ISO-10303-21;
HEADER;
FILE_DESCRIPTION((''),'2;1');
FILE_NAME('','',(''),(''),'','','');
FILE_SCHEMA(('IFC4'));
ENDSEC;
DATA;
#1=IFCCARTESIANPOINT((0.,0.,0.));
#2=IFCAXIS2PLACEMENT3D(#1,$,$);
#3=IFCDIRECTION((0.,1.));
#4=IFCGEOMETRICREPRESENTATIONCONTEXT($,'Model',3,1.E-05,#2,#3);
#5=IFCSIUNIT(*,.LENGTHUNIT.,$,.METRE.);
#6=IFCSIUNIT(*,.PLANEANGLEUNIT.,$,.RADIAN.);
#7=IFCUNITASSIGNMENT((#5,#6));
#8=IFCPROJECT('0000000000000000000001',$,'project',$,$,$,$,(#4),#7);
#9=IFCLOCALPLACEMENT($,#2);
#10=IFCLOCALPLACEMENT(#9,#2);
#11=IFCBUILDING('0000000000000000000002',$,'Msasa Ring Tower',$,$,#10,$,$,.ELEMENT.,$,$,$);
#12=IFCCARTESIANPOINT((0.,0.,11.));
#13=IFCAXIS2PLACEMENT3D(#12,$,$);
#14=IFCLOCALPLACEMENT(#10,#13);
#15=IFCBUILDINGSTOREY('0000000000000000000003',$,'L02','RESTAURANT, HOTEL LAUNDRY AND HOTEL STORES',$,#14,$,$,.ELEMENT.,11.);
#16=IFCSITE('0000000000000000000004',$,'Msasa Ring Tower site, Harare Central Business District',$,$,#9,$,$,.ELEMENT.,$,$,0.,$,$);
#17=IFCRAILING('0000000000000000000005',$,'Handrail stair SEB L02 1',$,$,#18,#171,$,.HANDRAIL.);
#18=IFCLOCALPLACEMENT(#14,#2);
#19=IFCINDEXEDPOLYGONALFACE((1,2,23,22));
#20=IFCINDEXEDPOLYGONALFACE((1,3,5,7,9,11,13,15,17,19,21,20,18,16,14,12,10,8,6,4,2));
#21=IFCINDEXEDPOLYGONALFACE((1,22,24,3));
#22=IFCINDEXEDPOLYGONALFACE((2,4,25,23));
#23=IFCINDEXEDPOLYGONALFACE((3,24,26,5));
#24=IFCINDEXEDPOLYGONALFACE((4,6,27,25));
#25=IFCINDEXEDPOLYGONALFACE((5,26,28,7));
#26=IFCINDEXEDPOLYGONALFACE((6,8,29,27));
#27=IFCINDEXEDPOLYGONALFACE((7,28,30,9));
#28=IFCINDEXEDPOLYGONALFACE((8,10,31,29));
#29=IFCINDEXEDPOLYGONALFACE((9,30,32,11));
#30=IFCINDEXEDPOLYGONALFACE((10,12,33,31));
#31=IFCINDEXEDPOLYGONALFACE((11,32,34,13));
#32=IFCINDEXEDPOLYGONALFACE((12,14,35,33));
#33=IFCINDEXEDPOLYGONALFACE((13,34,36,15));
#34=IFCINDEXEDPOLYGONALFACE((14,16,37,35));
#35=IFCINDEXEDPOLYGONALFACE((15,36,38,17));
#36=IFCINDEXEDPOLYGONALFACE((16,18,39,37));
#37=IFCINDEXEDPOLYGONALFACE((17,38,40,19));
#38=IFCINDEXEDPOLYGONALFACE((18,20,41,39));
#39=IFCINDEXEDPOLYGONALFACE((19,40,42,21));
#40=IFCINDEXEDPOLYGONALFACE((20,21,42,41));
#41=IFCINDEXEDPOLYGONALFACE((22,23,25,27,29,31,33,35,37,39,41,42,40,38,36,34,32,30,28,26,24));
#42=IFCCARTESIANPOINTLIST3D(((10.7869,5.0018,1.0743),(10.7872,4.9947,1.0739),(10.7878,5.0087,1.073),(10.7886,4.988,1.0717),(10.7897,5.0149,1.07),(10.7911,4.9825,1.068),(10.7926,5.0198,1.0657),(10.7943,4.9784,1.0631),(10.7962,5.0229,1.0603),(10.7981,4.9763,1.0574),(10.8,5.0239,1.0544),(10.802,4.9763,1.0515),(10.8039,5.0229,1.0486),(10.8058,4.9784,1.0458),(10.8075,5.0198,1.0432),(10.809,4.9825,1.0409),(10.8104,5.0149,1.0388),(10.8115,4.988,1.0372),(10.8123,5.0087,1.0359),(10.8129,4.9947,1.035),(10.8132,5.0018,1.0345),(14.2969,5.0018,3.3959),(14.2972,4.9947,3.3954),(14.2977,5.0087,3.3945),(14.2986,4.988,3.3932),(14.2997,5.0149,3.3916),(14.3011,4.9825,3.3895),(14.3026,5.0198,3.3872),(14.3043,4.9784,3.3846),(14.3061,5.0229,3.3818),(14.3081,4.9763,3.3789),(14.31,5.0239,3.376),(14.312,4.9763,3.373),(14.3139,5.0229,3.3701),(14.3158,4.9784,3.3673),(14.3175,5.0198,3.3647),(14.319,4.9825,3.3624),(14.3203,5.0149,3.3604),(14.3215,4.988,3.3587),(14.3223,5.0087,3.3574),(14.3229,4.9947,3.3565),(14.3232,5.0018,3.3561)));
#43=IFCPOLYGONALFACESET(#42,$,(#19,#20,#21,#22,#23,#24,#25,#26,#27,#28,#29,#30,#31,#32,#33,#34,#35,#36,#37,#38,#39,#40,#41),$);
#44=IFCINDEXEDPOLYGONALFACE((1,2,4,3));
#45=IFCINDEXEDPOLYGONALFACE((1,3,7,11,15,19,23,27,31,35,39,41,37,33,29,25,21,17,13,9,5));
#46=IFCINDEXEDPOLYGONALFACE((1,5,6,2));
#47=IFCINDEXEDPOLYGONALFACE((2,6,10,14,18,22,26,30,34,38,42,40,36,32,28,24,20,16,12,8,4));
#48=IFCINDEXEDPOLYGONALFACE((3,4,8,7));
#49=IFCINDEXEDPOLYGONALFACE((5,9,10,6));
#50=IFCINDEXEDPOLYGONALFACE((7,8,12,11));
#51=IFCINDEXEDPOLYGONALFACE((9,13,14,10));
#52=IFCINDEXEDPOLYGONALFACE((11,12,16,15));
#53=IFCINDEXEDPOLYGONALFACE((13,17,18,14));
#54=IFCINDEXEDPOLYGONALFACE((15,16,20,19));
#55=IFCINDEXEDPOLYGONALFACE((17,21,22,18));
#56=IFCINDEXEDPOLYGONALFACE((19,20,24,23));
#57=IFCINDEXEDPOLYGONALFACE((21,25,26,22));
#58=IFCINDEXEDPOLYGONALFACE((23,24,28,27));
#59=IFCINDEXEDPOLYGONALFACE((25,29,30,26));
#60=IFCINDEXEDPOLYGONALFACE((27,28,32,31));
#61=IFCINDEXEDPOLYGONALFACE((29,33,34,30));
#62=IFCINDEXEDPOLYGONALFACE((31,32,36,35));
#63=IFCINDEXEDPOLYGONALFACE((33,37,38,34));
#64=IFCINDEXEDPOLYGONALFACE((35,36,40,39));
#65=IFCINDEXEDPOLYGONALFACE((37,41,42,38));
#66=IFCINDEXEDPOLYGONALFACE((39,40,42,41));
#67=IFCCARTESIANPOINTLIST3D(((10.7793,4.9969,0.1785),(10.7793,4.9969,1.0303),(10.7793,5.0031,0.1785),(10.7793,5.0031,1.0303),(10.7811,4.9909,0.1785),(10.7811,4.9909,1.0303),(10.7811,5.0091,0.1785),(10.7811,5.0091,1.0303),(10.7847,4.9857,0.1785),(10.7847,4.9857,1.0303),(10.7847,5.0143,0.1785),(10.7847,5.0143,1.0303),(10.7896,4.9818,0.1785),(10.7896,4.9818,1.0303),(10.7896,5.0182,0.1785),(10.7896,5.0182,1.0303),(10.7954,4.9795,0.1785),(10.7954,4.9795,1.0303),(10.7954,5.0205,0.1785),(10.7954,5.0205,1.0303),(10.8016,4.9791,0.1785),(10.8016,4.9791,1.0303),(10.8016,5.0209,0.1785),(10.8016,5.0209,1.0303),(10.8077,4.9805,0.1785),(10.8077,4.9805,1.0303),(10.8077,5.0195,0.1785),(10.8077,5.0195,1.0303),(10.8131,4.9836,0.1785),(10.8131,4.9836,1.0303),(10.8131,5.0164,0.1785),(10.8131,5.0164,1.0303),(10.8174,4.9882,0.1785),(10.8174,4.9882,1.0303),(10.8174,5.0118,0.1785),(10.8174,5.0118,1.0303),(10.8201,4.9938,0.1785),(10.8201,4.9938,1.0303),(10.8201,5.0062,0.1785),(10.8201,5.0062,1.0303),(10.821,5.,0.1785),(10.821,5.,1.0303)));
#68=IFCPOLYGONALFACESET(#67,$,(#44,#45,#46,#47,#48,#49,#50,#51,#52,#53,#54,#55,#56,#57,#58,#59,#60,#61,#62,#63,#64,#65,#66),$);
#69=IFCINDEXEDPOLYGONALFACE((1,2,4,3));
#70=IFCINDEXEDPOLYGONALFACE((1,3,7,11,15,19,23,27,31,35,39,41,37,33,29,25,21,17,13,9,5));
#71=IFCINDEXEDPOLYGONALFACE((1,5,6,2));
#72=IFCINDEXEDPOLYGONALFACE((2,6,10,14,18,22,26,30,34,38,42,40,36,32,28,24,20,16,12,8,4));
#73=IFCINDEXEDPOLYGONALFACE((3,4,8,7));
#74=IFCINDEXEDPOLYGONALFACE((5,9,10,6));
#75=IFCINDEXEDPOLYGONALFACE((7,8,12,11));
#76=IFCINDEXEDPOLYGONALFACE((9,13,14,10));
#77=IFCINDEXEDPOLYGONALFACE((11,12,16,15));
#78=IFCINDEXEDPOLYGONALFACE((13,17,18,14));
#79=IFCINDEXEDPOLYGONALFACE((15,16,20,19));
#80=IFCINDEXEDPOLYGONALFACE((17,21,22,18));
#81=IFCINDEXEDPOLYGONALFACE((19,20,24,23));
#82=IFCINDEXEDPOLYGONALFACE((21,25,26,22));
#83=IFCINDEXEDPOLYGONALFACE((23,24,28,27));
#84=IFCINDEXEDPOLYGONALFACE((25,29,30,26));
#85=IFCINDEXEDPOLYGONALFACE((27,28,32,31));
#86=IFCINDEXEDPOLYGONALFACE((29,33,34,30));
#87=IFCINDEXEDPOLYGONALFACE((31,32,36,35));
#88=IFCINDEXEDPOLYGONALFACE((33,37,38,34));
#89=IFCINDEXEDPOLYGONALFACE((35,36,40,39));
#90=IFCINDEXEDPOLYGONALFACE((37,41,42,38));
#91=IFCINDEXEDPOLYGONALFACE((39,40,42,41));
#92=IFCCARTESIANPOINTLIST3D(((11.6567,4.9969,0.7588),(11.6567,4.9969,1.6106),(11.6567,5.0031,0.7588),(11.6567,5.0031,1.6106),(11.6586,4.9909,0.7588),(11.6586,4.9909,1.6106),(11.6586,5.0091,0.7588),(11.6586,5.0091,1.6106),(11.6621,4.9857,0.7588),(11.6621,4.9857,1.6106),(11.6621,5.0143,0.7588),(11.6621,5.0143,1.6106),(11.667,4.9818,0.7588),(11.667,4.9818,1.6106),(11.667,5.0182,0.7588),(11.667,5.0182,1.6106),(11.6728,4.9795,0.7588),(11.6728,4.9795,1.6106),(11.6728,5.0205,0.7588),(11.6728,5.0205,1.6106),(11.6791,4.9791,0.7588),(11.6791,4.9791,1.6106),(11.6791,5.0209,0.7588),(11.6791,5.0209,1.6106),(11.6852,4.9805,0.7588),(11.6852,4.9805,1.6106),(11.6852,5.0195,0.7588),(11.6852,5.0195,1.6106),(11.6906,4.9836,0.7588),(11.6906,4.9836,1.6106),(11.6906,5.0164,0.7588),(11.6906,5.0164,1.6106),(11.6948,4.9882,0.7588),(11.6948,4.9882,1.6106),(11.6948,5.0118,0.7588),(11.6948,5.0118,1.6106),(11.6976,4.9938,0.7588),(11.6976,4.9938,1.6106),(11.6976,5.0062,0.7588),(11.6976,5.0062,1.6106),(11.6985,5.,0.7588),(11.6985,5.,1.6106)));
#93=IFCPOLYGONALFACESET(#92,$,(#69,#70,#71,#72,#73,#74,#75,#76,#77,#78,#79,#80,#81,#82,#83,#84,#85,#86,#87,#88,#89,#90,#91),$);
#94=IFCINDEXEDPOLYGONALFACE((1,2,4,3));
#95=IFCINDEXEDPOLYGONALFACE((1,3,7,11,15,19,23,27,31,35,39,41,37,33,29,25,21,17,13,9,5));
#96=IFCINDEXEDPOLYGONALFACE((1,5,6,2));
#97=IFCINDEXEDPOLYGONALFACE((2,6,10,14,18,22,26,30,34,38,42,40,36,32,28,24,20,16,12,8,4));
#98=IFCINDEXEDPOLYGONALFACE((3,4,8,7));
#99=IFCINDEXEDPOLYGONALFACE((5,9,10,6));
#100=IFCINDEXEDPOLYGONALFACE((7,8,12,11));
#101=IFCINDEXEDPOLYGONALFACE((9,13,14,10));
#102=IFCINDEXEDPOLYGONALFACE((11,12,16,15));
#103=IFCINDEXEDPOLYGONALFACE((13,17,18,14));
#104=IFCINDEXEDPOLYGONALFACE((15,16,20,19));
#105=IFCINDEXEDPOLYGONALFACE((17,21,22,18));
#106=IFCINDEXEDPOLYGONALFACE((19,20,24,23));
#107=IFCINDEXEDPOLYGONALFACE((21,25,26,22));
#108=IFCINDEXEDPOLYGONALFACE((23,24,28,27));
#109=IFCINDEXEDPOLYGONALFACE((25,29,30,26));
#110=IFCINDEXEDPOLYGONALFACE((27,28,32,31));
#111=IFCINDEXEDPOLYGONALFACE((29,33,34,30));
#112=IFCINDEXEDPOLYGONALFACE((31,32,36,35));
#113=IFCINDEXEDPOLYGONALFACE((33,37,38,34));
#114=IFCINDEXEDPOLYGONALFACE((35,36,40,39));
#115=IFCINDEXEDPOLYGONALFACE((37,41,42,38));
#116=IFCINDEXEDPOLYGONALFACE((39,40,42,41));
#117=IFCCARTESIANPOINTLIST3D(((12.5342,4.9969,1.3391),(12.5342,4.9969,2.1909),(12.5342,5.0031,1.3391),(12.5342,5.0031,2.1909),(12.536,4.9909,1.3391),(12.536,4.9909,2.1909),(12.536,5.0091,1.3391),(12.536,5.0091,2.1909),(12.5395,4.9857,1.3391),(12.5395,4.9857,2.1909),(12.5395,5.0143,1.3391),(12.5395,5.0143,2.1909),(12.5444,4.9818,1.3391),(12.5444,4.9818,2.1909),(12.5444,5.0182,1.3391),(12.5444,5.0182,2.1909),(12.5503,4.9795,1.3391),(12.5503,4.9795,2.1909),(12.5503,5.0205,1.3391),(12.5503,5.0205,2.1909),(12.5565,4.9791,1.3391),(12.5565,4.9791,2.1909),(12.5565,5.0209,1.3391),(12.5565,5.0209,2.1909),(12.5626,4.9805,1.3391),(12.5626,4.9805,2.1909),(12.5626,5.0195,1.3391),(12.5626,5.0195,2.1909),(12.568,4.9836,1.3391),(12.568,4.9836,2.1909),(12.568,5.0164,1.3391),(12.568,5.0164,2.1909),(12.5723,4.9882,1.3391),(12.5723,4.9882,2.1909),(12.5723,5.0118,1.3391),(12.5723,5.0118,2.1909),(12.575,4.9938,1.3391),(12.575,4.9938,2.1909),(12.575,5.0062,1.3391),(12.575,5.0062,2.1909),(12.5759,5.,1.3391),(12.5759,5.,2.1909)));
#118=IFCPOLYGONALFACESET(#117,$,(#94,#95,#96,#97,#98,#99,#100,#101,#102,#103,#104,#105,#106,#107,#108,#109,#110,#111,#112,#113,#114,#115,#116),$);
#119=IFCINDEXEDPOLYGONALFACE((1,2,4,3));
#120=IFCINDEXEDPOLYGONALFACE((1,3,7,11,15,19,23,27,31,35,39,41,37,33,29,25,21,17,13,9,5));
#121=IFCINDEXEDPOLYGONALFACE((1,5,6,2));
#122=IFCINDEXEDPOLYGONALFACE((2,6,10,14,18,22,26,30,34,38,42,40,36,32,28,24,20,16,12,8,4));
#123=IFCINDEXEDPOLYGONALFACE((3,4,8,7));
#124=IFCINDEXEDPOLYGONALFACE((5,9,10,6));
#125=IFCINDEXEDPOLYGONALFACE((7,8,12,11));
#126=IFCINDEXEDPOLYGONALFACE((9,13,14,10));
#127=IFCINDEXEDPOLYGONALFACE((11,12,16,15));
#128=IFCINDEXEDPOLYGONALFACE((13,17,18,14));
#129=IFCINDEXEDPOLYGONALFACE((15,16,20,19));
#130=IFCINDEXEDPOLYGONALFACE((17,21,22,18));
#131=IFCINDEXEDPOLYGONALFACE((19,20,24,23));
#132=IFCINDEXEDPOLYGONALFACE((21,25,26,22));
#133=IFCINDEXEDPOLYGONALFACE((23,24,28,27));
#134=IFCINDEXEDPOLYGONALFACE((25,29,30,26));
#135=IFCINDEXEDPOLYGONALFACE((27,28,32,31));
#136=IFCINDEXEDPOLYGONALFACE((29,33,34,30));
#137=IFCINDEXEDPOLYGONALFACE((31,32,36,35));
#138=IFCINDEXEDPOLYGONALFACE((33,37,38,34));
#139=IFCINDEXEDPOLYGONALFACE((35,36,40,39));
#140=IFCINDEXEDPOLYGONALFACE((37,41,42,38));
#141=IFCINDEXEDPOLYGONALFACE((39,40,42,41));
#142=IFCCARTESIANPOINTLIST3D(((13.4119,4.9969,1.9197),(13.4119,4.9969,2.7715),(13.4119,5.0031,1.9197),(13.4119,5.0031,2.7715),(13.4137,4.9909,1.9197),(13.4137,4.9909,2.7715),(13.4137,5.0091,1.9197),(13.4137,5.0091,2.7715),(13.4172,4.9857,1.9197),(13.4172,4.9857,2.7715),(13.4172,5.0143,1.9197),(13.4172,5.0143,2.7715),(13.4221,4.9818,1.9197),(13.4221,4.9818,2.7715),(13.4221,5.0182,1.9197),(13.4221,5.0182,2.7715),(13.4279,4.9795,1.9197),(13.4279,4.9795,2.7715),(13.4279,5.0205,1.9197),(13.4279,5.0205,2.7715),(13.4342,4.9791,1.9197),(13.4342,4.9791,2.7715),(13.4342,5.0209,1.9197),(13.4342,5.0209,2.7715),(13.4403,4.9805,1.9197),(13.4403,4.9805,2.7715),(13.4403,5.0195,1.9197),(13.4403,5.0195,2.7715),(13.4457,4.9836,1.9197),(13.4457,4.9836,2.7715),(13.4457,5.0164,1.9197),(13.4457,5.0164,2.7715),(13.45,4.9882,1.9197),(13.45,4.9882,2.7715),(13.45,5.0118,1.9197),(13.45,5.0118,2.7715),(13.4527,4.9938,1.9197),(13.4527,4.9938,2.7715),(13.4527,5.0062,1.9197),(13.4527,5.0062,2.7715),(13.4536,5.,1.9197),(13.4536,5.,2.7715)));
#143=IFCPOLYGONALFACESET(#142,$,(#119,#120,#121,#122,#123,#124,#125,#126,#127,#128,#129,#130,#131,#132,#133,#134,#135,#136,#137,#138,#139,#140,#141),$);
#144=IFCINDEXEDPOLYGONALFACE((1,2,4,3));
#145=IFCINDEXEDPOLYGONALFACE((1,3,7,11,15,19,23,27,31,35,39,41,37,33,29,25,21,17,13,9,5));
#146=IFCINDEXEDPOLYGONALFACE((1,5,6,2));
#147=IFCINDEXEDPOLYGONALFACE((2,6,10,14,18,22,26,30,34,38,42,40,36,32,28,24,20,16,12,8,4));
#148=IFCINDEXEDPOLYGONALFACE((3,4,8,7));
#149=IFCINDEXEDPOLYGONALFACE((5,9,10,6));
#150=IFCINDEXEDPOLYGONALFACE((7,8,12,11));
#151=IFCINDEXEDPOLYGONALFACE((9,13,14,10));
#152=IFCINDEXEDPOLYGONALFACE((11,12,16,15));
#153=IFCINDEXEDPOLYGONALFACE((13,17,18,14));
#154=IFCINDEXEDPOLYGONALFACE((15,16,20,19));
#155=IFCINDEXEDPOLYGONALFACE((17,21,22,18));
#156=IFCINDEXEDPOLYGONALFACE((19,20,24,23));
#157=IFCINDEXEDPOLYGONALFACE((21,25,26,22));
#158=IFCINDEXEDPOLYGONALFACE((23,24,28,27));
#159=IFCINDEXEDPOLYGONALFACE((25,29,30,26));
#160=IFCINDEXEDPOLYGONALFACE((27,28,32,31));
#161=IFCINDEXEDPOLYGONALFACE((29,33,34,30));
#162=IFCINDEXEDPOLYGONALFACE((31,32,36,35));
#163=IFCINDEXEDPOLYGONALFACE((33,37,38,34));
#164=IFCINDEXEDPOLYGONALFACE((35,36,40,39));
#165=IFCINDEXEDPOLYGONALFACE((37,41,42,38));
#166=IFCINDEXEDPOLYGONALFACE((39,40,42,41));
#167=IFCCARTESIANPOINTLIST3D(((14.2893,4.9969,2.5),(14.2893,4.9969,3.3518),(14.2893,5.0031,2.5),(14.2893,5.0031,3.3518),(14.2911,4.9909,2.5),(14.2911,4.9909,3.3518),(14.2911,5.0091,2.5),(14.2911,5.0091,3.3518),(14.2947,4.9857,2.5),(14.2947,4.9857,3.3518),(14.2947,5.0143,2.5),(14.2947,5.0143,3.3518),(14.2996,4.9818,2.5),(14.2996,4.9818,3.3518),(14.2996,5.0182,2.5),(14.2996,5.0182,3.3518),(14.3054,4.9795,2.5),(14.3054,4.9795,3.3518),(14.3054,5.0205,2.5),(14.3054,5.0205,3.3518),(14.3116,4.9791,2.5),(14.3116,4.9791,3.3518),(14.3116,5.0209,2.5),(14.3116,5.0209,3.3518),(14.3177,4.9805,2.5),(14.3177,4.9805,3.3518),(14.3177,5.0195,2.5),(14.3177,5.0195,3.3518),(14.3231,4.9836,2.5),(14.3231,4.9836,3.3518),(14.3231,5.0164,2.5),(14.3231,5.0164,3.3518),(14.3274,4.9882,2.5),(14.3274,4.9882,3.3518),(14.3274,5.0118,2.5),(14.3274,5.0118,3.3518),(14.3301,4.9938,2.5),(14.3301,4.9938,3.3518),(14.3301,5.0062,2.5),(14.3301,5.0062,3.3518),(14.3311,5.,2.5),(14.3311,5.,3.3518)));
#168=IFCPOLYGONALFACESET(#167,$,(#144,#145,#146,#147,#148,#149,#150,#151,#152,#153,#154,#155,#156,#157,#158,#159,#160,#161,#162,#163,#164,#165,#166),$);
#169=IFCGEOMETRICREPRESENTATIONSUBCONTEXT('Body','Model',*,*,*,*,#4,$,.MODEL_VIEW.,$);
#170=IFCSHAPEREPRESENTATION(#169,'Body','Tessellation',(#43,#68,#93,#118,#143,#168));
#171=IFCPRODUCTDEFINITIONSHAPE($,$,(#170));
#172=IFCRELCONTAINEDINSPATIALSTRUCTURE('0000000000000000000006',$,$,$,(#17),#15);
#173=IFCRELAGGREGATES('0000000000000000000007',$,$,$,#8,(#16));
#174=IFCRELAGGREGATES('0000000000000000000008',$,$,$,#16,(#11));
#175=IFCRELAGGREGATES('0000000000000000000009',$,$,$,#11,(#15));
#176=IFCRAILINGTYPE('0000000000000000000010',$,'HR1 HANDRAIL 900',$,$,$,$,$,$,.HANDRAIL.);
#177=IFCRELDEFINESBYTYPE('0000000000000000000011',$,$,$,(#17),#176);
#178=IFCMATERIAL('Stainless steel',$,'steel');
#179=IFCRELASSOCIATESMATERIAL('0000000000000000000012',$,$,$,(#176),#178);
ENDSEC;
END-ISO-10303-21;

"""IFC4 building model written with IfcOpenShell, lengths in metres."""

from ifc_helpers import new_model, si_unit, direction, frame, origin, origin_2d, place, context, subcontext, project, spatial, circle, extrude, material, type_object, element, save


model = new_model("IFC4")

# Units and contexts
model_context = context("Model", 3, precision=1e-05, world=origin(), true_north=direction((0.0, 1.0)))
body_context = subcontext(model_context, "Body", "Model", "MODEL_VIEW")
ifc_project = project(units=[si_unit("LENGTHUNIT", "METRE"), si_unit("PLANEANGLEUNIT", "RADIAN")], contexts=[model_context])

# Site, building, storey
site_placement = place(None, origin())
site = spatial("IfcSite", under=ifc_project, at=site_placement, Name="Msasa Ring Tower site, Harare Central Business District", CompositionType="ELEMENT", RefElevation=0.0)
building_placement = place(site_placement, origin())
building = spatial("IfcBuilding", under=site, at=building_placement, Name="Msasa Ring Tower", CompositionType="ELEMENT")
storey_placement = place(building_placement, frame((0.0, 0.0, 11.0)))
storey = spatial("IfcBuildingStorey", under=building, at=storey_placement, Name="L02", Description="RESTAURANT, HOTEL LAUNDRY AND HOTEL STORES", CompositionType="ELEMENT", Elevation=11.0)

# Railing
ifc_material_1 = material(Name="Stainless steel", Category="steel")
railing_type = type_object("IfcRailingType", Name="HR1 HANDRAIL 900", PredefinedType="HANDRAIL", material=ifc_material_1)
for number, where, name in (
    (1, (10.8, 5.0, 0.1785), "Handrail stair SEB L02 1"),
):
    element("IfcRailing", number, at=place(storey_placement, frame(where)), inside=storey, type_object=railing_type, Name=name, PredefinedType="HANDRAIL", context=body_context, shape_type="SweptSolid", body=[
        extrude(circle(Radius=0.0239, at=origin_2d()), frame((0.0, 0.0, 0.876), z_axis=(0.834071, 0.0, 0.551657), x_axis=(0.0, 1.0, 0.0)), (0.0, 0.0, 1.0), 4.2083),
        extrude(circle(Radius=0.021, at=origin_2d()), origin(), (0.0, 0.0, 1.0), 0.8518),
        extrude(circle(Radius=0.021, at=origin_2d()), frame((0.8774, 0.0, 0.5803)), (0.0, 0.0, 1.0), 0.8518),
        extrude(circle(Radius=0.021, at=origin_2d()), frame((1.7549, 0.0, 1.1606)), (0.0, 0.0, 1.0), 0.8518),
        extrude(circle(Radius=0.021, at=origin_2d()), frame((2.6326, 0.0, 1.7412)), (0.0, 0.0, 1.0), 0.8518),
        extrude(circle(Radius=0.021, at=origin_2d()), frame((3.51, 0.0, 2.3215)), (0.0, 0.0, 1.0), 0.8518),
    ])

save(model, "model.ifc")
